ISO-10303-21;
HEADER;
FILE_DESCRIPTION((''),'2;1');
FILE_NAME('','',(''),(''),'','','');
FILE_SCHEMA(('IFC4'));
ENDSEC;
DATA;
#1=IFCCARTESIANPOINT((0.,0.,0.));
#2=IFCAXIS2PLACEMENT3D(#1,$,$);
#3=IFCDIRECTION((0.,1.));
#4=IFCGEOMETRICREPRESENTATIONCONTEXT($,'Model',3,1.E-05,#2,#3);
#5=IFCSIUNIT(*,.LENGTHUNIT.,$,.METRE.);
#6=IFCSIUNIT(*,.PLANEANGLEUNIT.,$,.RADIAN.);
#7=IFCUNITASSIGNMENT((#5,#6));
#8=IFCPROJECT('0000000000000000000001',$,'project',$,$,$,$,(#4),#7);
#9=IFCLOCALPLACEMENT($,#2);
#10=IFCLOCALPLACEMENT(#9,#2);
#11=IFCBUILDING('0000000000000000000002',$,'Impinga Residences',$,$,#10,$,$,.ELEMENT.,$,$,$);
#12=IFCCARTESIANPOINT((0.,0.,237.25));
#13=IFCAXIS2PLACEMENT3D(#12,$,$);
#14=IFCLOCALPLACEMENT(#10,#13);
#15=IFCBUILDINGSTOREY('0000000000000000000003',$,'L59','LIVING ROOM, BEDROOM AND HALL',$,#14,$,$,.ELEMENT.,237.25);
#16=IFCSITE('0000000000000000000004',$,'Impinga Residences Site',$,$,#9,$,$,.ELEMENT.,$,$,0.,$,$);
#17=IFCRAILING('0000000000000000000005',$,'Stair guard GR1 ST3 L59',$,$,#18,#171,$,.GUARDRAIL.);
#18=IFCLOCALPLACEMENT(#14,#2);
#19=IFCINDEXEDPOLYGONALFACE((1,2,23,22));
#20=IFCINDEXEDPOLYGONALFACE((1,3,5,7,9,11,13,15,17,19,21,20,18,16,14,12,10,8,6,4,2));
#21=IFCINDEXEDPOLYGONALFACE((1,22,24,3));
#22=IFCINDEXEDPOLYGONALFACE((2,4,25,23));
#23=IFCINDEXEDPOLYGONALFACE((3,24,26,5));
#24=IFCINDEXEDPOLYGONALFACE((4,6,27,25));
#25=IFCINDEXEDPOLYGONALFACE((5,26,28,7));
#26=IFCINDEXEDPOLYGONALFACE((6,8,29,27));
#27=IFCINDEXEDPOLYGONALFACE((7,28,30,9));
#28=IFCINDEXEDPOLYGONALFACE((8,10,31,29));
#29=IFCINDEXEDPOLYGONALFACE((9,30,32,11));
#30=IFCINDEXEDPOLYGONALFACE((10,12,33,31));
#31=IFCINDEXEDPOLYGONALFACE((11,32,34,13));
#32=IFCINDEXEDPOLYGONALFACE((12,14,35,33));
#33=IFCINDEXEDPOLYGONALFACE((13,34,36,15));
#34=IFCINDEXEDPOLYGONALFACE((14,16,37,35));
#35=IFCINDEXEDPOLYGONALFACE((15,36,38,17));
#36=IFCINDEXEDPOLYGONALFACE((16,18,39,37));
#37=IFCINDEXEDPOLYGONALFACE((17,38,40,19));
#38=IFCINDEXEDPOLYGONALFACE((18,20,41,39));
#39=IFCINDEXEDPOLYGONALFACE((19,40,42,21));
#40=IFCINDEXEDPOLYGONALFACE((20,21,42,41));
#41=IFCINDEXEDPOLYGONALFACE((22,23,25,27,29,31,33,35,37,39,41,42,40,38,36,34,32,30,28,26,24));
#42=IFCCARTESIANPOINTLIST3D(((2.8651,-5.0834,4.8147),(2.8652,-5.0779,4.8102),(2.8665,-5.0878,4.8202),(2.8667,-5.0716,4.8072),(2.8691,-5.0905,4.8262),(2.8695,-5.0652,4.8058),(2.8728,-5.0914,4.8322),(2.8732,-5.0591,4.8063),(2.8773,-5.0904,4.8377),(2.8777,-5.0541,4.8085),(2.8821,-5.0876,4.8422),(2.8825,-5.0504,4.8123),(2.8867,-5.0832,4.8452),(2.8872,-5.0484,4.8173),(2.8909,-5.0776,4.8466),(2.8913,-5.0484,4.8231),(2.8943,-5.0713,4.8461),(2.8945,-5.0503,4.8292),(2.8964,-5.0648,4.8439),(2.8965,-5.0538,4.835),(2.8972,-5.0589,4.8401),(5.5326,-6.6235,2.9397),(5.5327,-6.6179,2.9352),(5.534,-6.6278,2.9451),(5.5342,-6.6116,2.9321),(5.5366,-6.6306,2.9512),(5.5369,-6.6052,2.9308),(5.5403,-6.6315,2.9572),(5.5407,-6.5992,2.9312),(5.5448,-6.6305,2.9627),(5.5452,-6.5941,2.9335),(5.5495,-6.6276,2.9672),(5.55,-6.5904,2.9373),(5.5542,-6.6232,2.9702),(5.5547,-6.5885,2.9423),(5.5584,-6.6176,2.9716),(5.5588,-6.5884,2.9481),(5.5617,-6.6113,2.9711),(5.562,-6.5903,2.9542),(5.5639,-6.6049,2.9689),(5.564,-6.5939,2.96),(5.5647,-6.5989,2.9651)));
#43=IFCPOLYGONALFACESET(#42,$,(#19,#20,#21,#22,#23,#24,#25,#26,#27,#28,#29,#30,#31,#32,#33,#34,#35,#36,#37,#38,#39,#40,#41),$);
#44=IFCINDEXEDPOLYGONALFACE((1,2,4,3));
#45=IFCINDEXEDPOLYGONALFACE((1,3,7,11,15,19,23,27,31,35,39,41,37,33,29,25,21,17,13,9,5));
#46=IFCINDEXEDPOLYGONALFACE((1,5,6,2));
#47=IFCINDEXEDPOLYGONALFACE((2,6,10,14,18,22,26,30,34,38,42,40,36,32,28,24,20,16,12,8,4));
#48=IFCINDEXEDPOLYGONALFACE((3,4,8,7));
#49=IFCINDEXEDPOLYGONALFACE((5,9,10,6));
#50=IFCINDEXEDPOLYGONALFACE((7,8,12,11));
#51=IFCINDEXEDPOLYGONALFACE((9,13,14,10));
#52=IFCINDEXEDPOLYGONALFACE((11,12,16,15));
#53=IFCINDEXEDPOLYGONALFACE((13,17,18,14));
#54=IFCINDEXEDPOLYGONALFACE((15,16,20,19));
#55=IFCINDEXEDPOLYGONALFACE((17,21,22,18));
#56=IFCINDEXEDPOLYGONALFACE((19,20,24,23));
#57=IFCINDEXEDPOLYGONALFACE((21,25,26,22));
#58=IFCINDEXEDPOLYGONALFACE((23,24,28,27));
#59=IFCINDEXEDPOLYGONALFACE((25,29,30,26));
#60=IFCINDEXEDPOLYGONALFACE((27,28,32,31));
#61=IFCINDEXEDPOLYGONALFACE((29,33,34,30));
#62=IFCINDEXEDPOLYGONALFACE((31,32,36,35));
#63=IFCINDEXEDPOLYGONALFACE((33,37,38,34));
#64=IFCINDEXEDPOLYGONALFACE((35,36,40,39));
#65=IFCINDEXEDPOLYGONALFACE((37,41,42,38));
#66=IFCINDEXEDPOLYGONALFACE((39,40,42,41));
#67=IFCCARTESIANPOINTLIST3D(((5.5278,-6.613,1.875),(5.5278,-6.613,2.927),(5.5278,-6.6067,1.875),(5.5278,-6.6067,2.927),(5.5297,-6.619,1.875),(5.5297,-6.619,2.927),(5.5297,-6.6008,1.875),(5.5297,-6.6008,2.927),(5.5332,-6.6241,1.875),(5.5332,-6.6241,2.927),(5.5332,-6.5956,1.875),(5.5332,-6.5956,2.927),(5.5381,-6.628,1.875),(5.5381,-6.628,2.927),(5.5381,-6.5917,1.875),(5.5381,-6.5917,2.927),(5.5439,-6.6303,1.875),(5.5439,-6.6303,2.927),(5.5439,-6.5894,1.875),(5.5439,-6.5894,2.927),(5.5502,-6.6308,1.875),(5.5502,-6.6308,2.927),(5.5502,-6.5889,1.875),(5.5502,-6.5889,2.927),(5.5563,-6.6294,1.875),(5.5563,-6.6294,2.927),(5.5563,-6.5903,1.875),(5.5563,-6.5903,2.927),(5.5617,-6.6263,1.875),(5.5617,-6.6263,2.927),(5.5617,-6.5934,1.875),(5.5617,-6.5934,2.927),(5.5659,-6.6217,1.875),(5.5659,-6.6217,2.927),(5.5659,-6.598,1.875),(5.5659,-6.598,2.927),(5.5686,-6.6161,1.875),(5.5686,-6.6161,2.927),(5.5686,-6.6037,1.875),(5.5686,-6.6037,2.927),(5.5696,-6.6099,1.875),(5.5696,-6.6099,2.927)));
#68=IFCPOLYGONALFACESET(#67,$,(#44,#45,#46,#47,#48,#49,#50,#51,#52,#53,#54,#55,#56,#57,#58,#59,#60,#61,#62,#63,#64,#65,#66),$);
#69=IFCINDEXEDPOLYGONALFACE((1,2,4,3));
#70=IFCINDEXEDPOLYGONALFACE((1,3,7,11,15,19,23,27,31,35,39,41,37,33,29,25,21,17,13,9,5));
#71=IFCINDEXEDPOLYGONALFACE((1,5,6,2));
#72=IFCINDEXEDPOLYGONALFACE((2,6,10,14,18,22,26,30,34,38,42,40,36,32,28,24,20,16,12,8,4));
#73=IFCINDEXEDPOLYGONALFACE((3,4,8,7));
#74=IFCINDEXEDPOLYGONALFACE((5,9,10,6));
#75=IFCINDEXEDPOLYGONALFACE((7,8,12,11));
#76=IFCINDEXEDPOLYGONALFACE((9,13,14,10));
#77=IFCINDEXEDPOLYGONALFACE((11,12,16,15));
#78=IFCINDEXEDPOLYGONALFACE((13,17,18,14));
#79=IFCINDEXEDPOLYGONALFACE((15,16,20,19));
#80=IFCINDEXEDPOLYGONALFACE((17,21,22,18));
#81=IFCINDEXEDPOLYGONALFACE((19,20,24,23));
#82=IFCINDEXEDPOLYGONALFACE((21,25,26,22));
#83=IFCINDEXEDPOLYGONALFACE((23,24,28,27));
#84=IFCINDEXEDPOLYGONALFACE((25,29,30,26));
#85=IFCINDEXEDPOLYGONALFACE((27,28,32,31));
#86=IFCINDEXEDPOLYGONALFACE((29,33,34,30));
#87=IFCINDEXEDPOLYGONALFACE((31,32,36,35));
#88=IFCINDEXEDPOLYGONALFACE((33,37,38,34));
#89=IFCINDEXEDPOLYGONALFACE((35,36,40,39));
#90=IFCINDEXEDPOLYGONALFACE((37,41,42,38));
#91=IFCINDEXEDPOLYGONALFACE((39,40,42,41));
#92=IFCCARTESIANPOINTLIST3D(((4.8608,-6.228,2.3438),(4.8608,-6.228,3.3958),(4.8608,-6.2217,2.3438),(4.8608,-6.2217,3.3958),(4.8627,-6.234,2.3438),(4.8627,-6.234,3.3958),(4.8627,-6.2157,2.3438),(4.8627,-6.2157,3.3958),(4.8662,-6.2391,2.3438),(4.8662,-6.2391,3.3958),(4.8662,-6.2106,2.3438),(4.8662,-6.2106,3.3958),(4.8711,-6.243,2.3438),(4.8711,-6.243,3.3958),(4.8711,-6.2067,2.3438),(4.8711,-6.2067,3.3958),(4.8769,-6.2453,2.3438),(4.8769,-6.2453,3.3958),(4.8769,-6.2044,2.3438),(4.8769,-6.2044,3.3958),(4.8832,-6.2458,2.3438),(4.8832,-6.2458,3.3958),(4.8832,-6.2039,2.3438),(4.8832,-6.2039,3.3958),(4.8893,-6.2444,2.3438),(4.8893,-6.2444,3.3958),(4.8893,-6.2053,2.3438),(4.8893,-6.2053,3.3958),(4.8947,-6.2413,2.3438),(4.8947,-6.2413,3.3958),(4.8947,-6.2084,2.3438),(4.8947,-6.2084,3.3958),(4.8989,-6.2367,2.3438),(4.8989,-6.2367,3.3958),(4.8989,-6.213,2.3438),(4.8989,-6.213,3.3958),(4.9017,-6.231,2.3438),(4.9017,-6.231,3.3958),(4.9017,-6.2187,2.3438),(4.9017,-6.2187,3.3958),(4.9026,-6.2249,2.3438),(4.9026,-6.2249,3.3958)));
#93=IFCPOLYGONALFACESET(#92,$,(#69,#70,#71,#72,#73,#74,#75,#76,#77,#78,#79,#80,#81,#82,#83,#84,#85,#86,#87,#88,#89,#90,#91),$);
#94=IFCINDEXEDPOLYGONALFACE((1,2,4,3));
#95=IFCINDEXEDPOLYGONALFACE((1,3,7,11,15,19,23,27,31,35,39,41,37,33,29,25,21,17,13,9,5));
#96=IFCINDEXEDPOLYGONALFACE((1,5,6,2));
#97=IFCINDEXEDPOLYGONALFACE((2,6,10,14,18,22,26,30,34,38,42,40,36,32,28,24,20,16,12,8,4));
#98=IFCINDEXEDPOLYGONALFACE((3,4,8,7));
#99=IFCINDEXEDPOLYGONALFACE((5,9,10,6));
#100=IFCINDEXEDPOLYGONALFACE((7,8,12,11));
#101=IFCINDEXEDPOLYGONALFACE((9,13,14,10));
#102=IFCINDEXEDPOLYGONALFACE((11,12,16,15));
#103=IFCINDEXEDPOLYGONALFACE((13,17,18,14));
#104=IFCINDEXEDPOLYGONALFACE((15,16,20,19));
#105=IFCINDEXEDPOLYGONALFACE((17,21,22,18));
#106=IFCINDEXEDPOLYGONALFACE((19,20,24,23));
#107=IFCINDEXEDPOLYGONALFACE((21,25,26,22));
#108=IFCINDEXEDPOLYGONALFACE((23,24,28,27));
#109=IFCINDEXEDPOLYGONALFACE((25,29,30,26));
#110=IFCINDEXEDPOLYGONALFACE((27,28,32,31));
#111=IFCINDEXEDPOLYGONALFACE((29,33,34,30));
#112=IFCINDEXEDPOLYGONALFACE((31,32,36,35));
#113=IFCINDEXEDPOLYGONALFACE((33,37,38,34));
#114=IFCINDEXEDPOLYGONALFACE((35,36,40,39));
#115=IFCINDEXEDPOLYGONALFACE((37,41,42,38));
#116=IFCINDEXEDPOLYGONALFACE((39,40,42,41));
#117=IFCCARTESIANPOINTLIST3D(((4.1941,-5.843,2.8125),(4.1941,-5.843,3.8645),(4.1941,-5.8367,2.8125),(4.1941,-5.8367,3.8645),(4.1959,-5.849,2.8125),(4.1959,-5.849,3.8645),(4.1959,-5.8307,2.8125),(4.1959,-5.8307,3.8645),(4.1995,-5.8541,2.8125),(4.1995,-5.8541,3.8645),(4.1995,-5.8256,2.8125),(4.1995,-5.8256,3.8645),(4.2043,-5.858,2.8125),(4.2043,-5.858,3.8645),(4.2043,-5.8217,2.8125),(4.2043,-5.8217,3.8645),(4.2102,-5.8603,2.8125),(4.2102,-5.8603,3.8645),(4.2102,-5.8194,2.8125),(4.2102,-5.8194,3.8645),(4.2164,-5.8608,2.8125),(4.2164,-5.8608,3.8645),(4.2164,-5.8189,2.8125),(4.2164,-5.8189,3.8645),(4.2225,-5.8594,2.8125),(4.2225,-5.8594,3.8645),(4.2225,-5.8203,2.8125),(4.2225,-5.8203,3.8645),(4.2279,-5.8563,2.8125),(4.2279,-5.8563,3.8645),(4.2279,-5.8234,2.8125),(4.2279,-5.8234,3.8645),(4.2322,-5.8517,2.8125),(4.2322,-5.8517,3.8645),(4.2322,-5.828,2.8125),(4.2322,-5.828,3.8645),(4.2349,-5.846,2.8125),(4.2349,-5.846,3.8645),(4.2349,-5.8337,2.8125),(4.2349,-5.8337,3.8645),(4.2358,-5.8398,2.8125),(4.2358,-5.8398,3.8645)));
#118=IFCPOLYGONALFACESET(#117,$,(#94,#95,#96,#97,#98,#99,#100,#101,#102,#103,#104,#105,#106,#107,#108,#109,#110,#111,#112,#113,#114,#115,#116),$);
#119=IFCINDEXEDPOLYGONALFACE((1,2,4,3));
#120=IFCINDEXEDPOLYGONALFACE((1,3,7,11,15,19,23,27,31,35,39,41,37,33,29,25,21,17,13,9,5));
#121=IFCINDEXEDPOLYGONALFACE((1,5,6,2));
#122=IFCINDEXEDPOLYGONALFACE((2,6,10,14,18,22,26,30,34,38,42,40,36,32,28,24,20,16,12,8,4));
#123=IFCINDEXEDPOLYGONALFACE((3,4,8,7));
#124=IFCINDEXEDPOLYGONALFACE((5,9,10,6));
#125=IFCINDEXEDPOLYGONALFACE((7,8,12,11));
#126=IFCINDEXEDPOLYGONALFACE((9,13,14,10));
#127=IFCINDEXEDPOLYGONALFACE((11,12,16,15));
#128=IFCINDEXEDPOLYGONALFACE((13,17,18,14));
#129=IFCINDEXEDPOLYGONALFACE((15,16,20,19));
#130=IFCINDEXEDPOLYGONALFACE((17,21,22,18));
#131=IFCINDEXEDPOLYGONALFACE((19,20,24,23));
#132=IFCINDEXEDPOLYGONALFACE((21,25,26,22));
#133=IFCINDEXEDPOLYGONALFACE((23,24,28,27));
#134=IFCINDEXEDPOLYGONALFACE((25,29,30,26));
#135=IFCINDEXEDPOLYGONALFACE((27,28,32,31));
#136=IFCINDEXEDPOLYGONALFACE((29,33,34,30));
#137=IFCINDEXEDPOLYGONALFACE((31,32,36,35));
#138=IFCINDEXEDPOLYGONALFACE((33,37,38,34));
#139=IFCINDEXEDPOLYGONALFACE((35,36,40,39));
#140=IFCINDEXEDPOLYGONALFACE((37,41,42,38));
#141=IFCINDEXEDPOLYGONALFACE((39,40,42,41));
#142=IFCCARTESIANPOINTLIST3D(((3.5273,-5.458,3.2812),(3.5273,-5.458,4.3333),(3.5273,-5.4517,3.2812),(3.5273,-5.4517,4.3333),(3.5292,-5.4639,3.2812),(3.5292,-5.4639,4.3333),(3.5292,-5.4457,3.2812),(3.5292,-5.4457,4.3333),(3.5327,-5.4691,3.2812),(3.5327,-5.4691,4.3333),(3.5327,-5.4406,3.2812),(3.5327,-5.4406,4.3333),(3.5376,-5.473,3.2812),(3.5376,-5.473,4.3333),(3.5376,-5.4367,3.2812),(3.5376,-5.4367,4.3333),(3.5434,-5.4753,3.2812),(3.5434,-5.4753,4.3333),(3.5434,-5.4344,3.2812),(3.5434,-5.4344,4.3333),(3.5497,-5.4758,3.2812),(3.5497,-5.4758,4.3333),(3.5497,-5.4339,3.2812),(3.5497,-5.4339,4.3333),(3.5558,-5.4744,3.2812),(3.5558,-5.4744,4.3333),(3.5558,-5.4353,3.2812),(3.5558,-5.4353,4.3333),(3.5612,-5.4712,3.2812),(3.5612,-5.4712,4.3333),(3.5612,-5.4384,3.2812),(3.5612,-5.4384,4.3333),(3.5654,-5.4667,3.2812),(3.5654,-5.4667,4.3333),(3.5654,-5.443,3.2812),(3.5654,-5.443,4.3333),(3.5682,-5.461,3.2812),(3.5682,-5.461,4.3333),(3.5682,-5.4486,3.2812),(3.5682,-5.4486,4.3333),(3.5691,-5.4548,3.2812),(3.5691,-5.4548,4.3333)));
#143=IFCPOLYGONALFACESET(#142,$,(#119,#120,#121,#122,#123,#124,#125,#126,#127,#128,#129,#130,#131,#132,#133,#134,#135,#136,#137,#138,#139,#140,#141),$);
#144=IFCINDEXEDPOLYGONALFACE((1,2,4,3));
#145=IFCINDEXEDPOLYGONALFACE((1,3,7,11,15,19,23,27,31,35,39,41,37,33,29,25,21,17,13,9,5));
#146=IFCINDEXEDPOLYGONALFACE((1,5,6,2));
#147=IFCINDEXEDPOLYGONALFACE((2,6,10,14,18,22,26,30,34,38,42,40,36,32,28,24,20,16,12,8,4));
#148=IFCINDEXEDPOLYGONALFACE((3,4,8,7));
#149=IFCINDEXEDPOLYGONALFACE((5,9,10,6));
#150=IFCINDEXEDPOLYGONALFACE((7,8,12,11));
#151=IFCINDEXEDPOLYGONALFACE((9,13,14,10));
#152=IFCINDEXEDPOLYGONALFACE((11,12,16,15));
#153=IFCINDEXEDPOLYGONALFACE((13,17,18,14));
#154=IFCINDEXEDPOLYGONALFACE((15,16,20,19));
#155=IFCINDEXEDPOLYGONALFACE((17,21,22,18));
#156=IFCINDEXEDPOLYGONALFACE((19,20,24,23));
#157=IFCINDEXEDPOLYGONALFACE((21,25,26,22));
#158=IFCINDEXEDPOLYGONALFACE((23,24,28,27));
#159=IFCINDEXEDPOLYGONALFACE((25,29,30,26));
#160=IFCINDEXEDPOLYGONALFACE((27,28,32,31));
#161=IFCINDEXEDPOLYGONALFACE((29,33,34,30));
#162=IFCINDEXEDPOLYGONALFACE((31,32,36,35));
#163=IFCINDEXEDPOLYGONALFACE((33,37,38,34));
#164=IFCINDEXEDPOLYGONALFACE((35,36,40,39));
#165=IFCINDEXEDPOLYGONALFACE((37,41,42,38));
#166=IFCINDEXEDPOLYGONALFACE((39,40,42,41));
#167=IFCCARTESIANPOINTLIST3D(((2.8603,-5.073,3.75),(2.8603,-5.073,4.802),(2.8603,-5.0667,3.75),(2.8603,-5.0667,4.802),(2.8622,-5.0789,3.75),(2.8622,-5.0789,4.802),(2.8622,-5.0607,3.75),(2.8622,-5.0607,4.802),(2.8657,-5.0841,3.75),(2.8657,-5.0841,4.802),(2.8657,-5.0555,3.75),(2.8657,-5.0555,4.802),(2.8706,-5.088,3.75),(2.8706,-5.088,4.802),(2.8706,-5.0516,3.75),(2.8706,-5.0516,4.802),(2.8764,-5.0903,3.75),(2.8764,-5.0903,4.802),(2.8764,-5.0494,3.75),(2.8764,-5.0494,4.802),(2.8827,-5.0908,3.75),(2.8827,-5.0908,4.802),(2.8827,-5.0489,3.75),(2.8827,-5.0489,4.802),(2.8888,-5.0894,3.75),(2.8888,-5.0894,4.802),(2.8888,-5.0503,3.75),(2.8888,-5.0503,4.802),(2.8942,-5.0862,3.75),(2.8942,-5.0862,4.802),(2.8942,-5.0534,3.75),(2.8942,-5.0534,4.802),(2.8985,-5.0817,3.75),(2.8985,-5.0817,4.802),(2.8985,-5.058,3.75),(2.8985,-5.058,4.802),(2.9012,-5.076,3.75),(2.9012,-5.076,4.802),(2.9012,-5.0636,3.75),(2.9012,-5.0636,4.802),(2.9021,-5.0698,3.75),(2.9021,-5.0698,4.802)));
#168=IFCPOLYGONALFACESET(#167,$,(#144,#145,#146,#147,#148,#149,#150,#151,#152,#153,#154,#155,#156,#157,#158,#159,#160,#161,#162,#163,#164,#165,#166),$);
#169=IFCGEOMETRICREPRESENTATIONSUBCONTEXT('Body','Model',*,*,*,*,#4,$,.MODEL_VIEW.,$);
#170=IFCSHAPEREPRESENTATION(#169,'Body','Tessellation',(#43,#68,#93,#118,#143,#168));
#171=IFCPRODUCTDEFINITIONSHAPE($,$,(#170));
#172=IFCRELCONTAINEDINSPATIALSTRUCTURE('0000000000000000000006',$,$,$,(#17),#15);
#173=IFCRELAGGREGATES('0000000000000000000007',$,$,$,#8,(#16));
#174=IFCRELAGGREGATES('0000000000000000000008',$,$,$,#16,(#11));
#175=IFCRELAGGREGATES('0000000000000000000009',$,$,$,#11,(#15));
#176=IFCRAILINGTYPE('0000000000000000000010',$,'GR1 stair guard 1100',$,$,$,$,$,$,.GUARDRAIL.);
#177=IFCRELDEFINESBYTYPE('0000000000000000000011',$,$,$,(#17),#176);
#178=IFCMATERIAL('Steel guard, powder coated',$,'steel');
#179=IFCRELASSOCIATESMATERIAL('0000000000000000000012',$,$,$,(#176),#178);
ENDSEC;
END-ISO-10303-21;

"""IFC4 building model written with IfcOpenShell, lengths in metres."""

from ifc_helpers import new_model, si_unit, direction, frame, origin, origin_2d, place, context, subcontext, project, spatial, circle, extrude, material, type_object, element, save


model = new_model("IFC4")

# Units and contexts
model_context = context("Model", 3, precision=1e-05, world=origin(), true_north=direction((0.0, 1.0)))
body_context = subcontext(model_context, "Body", "Model", "MODEL_VIEW")
ifc_project = project(units=[si_unit("LENGTHUNIT", "METRE"), si_unit("PLANEANGLEUNIT", "RADIAN")], contexts=[model_context])

# Site, building, storey
site_placement = place(None, origin())
site = spatial("IfcSite", under=ifc_project, at=site_placement, Name="Impinga Residences Site", CompositionType="ELEMENT", RefElevation=0.0)
building_placement = place(site_placement, origin())
building = spatial("IfcBuilding", under=site, at=building_placement, Name="Impinga Residences", CompositionType="ELEMENT")
storey_placement = place(building_placement, frame((0.0, 0.0, 237.25)))
storey = spatial("IfcBuildingStorey", under=building, at=storey_placement, Name="L59", Description="LIVING ROOM, BEDROOM AND HALL", CompositionType="ELEMENT", Elevation=237.25)

# Railing
ifc_material_1 = material(Name="Steel guard, powder coated", Category="steel")
railing_type_1 = type_object("IfcRailingType", Name="GR1 stair guard 1100", PredefinedType="GUARDRAIL", material=ifc_material_1)
railing_1_placement = place(storey_placement, frame((5.5486, -6.6099, 1.875)))
element("IfcRailing", 1, at=railing_1_placement, inside=storey, type_object=railing_type_1, Name="Stair guard GR1 ST3 L59", PredefinedType="GUARDRAIL", context=body_context, shape_type="SweptSolid", body=[
    extrude(circle(Radius=0.0239, at=origin_2d()), frame((0.0, 0.0, 1.0762), z_axis=(-0.739746, 0.427084, 0.519975), x_axis=(-0.499992, -0.86603, 0.0)), (0.0, 0.0, 1.0), 3.606),
    extrude(circle(Radius=0.021, at=origin_2d()), origin(), (0.0, 0.0, 1.0), 1.052),
    extrude(circle(Radius=0.021, at=origin_2d()), frame((-0.667, 0.385, 0.4688)), (0.0, 0.0, 1.0), 1.052),
    extrude(circle(Radius=0.021, at=origin_2d()), frame((-1.3337, 0.77, 0.9375)), (0.0, 0.0, 1.0), 1.052),
    extrude(circle(Radius=0.021, at=origin_2d()), frame((-2.0005, 1.155, 1.4062)), (0.0, 0.0, 1.0), 1.052),
    extrude(circle(Radius=0.021, at=origin_2d()), frame((-2.6675, 1.54, 1.875)), (0.0, 0.0, 1.0), 1.052),
])

save(model, "model.ifc")
